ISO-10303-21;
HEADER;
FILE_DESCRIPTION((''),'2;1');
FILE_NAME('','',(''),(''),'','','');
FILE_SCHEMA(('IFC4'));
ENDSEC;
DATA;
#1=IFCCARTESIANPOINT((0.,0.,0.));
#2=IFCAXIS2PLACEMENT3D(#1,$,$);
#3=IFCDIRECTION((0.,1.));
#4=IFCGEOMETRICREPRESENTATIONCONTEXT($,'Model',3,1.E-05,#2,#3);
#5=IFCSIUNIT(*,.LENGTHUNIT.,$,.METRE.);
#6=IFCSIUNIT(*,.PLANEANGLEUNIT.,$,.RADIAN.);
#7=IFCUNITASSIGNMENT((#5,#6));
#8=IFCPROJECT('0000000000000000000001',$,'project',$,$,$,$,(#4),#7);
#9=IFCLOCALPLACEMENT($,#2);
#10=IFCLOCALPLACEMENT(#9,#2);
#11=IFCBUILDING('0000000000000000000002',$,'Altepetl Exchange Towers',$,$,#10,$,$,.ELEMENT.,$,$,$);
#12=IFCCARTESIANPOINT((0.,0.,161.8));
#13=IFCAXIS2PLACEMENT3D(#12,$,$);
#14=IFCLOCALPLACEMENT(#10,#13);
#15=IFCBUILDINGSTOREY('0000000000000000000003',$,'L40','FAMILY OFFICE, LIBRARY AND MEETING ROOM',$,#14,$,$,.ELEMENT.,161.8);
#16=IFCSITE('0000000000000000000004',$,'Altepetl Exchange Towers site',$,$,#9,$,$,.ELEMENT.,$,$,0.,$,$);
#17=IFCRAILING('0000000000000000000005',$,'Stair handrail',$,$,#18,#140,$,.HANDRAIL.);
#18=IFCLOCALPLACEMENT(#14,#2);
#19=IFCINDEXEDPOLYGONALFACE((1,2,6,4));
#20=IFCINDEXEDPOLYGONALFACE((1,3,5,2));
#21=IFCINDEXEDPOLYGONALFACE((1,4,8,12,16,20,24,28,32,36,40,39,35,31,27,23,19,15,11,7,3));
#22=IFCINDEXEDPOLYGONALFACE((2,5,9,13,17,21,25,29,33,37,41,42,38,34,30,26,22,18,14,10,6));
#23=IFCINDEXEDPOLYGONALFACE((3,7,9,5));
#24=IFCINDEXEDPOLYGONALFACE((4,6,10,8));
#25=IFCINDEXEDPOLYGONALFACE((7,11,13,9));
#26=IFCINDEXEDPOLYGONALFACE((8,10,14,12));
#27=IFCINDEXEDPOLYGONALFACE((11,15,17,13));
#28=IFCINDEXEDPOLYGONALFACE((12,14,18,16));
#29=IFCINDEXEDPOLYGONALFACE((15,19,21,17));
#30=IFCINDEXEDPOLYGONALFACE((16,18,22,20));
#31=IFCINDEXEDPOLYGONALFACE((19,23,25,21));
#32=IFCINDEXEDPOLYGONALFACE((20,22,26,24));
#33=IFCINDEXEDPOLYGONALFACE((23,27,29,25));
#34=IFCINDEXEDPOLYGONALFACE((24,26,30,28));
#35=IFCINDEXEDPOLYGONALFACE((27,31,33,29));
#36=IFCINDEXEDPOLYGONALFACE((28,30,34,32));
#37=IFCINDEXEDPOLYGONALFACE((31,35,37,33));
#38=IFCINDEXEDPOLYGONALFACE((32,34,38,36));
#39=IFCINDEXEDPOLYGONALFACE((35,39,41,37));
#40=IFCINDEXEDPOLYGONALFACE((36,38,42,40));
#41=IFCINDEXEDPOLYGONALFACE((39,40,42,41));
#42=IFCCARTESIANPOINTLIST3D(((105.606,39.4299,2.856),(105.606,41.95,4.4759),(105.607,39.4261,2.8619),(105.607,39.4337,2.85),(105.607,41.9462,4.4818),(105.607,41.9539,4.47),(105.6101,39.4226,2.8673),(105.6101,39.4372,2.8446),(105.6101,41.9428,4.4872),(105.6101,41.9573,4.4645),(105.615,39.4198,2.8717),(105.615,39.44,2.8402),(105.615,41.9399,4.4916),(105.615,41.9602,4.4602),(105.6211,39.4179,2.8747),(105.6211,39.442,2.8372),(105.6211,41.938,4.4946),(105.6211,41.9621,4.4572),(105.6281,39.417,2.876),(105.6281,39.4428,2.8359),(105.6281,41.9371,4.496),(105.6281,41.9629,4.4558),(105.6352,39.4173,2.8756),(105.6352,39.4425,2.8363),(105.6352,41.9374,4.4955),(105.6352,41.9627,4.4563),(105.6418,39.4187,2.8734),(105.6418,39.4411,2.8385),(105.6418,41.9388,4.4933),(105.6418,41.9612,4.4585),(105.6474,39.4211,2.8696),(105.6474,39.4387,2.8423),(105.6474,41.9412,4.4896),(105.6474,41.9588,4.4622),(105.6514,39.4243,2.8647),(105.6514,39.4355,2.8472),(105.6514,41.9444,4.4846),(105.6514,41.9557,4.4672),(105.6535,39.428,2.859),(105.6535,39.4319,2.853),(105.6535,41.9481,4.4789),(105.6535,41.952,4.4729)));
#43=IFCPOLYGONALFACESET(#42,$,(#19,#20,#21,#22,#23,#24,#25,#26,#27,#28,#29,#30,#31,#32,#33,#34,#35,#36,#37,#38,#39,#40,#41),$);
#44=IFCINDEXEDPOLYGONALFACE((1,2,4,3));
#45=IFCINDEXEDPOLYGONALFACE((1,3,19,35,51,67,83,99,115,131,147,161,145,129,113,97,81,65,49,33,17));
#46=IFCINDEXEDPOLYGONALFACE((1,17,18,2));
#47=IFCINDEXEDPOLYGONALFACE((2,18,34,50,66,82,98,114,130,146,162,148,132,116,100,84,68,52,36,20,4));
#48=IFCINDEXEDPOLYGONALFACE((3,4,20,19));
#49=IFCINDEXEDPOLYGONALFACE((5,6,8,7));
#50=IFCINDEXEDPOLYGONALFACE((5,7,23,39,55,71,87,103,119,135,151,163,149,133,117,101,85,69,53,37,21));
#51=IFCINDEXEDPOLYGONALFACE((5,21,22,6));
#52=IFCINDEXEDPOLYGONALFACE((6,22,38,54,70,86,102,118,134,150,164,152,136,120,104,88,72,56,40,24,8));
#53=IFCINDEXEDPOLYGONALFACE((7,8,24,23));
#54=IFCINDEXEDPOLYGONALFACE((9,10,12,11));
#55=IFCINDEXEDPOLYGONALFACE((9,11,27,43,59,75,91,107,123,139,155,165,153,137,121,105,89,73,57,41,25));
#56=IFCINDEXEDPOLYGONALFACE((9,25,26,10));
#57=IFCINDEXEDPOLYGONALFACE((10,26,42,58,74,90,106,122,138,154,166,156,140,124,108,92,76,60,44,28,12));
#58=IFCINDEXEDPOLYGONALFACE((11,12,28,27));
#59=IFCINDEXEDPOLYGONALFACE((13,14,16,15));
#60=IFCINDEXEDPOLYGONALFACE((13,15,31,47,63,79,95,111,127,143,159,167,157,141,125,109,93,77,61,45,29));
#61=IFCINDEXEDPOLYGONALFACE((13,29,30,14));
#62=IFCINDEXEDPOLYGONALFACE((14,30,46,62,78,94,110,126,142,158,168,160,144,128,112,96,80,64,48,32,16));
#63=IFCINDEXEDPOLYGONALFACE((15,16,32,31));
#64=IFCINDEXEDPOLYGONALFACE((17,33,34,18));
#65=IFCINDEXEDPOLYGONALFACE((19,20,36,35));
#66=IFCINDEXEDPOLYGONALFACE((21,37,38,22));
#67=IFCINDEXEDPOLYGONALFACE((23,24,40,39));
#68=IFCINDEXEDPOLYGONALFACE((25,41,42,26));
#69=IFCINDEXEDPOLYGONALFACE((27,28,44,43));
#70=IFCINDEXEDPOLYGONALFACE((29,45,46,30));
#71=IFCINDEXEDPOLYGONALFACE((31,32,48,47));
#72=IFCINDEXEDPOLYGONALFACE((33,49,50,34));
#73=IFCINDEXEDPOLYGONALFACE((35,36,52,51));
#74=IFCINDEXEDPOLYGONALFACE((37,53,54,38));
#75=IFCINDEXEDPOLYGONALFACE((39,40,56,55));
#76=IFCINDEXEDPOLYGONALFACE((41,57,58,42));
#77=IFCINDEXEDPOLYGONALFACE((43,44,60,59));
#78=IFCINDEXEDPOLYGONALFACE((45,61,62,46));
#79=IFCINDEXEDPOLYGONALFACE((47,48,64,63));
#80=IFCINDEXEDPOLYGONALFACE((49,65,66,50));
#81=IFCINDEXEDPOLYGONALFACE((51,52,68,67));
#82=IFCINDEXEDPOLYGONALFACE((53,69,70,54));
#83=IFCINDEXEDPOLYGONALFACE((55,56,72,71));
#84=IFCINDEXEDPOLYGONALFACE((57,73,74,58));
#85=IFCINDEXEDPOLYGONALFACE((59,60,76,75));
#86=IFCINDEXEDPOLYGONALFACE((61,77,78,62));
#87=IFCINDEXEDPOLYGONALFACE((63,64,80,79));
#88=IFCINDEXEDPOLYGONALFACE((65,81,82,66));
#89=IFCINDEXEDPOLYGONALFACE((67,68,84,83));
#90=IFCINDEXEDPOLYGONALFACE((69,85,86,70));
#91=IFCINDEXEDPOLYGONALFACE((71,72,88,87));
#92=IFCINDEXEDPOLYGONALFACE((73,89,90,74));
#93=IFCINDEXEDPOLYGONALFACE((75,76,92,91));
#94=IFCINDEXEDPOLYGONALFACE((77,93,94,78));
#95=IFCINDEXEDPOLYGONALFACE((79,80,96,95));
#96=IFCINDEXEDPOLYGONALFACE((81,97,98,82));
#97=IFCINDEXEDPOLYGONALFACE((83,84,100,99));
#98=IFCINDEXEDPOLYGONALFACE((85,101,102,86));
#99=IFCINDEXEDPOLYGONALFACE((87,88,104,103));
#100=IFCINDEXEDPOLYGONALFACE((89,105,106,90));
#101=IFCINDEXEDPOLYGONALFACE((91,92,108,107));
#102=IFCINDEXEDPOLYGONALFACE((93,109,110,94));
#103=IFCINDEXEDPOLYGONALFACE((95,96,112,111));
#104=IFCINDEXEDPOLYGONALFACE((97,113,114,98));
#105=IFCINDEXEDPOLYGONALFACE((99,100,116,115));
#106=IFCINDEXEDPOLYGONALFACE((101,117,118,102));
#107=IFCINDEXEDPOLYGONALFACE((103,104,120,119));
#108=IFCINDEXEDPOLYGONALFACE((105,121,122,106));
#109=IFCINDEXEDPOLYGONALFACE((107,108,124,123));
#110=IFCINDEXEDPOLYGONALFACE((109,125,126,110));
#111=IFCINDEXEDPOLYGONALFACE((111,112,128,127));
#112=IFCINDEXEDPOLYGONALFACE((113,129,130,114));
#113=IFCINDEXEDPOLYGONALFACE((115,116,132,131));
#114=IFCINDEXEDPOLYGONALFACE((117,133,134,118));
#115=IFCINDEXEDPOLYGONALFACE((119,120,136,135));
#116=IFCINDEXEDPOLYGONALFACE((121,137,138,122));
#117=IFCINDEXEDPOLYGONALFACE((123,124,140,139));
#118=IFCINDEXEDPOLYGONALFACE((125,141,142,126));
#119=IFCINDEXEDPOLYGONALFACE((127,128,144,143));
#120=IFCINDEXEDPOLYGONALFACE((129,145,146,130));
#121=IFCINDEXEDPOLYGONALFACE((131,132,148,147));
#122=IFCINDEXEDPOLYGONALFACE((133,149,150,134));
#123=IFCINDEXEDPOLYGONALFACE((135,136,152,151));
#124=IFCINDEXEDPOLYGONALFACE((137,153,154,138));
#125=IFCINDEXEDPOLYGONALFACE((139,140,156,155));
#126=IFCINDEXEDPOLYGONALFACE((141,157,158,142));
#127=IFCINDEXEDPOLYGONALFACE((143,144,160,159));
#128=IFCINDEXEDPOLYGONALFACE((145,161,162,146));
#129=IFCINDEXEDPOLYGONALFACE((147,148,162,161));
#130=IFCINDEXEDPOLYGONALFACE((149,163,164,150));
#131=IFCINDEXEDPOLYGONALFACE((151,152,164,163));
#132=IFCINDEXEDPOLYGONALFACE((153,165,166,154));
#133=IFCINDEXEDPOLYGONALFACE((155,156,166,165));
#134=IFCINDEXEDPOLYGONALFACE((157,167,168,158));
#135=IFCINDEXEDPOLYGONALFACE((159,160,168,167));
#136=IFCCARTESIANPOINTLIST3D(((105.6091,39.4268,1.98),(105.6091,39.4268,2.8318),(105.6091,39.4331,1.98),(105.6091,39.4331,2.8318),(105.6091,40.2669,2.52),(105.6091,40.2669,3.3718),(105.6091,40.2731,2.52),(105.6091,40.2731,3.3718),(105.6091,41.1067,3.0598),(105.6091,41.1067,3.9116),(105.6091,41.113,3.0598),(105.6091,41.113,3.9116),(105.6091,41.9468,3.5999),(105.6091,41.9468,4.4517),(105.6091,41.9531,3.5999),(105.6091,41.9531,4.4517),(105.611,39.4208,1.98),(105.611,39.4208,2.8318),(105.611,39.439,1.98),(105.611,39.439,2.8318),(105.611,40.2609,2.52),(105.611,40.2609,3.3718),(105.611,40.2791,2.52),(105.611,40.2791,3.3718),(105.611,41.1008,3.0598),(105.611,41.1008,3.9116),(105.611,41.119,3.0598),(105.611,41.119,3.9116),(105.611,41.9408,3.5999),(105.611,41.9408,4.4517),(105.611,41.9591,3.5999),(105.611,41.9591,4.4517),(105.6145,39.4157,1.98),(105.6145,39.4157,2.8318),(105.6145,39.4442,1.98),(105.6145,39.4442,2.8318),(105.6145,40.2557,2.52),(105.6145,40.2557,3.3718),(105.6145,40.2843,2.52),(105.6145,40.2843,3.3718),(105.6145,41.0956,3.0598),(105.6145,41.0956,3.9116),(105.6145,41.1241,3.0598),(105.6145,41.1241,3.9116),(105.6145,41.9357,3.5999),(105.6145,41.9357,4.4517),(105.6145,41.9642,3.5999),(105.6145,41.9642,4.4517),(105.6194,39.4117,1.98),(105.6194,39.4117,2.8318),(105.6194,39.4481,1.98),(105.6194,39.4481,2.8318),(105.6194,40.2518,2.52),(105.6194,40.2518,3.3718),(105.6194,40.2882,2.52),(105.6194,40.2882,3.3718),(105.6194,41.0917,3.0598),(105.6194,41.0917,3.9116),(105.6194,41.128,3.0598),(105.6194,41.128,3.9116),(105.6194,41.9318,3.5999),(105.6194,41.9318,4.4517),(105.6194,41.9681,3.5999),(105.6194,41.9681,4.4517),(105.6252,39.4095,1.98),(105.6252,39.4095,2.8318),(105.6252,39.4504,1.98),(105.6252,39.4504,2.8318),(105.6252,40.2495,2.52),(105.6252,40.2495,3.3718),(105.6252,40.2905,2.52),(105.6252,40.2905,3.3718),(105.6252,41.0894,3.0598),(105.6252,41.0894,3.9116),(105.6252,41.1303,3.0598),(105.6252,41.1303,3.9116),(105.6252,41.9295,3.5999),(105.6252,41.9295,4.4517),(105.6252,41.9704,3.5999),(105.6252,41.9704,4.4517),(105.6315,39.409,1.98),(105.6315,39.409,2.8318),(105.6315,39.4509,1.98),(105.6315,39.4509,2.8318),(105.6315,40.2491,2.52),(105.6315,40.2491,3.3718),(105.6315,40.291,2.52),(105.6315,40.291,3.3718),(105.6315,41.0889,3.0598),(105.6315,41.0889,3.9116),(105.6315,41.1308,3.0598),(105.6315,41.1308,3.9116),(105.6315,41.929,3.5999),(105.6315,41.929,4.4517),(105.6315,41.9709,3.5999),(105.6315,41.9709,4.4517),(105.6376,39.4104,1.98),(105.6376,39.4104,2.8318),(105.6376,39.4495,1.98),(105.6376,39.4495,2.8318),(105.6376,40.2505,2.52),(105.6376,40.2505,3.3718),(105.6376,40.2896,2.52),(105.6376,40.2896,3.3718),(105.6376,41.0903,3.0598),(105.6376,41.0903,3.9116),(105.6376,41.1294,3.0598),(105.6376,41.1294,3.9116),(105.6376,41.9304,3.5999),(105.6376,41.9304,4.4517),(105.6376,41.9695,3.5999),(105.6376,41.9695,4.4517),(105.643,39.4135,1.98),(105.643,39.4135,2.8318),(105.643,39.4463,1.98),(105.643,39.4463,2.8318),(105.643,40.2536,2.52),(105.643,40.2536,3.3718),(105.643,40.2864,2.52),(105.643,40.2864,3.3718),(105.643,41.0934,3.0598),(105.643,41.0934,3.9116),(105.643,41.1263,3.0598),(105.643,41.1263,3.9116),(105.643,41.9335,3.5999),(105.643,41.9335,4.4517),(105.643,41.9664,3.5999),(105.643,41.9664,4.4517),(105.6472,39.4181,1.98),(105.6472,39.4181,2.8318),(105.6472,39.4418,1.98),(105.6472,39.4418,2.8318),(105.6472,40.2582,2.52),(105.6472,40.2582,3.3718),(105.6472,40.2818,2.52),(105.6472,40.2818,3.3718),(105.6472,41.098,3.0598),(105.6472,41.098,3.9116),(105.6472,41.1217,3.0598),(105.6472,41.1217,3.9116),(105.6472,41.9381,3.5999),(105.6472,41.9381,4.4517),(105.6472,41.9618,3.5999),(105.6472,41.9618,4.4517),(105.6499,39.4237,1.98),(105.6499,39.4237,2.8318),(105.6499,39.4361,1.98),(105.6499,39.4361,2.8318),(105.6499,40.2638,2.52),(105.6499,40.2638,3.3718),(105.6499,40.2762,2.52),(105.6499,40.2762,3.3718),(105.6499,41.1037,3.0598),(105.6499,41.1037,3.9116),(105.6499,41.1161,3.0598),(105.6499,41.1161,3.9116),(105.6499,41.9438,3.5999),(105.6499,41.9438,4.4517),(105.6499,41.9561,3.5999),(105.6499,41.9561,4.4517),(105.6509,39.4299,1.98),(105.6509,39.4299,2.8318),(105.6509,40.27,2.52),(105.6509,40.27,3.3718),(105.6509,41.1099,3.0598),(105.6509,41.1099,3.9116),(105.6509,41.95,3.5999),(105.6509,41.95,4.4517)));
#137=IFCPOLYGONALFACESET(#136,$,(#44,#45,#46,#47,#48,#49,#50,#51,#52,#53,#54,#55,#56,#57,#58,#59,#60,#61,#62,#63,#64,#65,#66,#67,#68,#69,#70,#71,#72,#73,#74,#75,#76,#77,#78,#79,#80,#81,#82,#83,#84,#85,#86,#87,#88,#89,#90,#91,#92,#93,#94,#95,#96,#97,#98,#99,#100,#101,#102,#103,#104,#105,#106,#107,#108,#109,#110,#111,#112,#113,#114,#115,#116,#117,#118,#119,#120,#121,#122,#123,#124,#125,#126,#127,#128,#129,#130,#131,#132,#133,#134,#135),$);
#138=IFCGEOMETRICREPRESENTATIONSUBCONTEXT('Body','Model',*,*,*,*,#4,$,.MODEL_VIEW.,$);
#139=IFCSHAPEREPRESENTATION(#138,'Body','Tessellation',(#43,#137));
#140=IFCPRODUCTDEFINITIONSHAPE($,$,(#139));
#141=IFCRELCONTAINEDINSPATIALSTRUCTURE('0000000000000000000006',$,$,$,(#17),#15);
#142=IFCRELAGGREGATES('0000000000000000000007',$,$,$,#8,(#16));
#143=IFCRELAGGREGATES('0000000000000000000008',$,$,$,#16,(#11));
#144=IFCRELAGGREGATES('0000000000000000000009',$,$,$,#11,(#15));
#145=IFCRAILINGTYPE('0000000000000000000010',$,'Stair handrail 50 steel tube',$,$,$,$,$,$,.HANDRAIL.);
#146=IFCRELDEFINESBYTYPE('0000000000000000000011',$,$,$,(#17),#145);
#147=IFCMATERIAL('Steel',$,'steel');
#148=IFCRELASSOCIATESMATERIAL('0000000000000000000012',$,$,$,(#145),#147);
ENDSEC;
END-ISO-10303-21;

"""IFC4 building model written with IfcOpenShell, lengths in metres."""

from ifc_helpers import new_model, si_unit, direction, frame, origin, origin_2d, place, context, subcontext, project, spatial, circle, extrude, source, transform, mapped, material, type_object, element, save


model = new_model("IFC4")

# Units and contexts
model_context = context("Model", 3, precision=1e-05, world=origin(), true_north=direction((0.0, 1.0)))
body_context = subcontext(model_context, "Body", "Model", "MODEL_VIEW")
ifc_project = project(units=[si_unit("LENGTHUNIT", "METRE"), si_unit("PLANEANGLEUNIT", "RADIAN")], contexts=[model_context])

# Site, building, storey
site_placement = place(None, origin())
site = spatial("IfcSite", under=ifc_project, at=site_placement, Name="Altepetl Exchange Towers site", CompositionType="ELEMENT", RefElevation=0.0)
building_placement = place(site_placement, origin())
building = spatial("IfcBuilding", under=site, at=building_placement, Name="Altepetl Exchange Towers", CompositionType="ELEMENT")
storey_placement = place(building_placement, frame((0.0, 0.0, 161.8)))
storey = spatial("IfcBuildingStorey", under=building, at=storey_placement, Name="L40", Description="FAMILY OFFICE, LIBRARY AND MEETING ROOM", CompositionType="ELEMENT", Elevation=161.8)

# Railing
ifc_material_1 = material(Name="Steel", Category="steel")
railing_type = type_object("IfcRailingType", Name="Stair handrail 50 steel tube", PredefinedType="HANDRAIL", material=ifc_material_1)
shared_shape = source(origin(), body_context, "Body", "SweptSolid", [
    extrude(circle(Radius=0.021, at=origin_2d()), origin(), (0.0, 0.0, 1.0), 0.8518),
])
railing_1_placement = place(storey_placement, frame((105.6299, 39.4299, 1.98)))
element("IfcRailing", 1, at=railing_1_placement, inside=storey, type_object=railing_type, Name="Stair handrail", PredefinedType="HANDRAIL", context=body_context, shape_type="SweptSolid", body=[
    extrude(circle(Radius=0.0239, at=origin_2d()), frame((0.0, 0.0, 0.876), z_axis=(0.0, 0.8412, 0.540725), x_axis=(-1.0, 0.0, 0.0)), (0.0, 0.0, 1.0), 2.9958),
    mapped(shared_shape, transform((0.0, 0.0, 0.0))),
    mapped(shared_shape, transform((0.0, 0.8401, 0.54))),
    mapped(shared_shape, transform((0.0, 1.6799, 1.0798))),
    mapped(shared_shape, transform((0.0, 2.52, 1.6199))),
])

save(model, "model.ifc")
